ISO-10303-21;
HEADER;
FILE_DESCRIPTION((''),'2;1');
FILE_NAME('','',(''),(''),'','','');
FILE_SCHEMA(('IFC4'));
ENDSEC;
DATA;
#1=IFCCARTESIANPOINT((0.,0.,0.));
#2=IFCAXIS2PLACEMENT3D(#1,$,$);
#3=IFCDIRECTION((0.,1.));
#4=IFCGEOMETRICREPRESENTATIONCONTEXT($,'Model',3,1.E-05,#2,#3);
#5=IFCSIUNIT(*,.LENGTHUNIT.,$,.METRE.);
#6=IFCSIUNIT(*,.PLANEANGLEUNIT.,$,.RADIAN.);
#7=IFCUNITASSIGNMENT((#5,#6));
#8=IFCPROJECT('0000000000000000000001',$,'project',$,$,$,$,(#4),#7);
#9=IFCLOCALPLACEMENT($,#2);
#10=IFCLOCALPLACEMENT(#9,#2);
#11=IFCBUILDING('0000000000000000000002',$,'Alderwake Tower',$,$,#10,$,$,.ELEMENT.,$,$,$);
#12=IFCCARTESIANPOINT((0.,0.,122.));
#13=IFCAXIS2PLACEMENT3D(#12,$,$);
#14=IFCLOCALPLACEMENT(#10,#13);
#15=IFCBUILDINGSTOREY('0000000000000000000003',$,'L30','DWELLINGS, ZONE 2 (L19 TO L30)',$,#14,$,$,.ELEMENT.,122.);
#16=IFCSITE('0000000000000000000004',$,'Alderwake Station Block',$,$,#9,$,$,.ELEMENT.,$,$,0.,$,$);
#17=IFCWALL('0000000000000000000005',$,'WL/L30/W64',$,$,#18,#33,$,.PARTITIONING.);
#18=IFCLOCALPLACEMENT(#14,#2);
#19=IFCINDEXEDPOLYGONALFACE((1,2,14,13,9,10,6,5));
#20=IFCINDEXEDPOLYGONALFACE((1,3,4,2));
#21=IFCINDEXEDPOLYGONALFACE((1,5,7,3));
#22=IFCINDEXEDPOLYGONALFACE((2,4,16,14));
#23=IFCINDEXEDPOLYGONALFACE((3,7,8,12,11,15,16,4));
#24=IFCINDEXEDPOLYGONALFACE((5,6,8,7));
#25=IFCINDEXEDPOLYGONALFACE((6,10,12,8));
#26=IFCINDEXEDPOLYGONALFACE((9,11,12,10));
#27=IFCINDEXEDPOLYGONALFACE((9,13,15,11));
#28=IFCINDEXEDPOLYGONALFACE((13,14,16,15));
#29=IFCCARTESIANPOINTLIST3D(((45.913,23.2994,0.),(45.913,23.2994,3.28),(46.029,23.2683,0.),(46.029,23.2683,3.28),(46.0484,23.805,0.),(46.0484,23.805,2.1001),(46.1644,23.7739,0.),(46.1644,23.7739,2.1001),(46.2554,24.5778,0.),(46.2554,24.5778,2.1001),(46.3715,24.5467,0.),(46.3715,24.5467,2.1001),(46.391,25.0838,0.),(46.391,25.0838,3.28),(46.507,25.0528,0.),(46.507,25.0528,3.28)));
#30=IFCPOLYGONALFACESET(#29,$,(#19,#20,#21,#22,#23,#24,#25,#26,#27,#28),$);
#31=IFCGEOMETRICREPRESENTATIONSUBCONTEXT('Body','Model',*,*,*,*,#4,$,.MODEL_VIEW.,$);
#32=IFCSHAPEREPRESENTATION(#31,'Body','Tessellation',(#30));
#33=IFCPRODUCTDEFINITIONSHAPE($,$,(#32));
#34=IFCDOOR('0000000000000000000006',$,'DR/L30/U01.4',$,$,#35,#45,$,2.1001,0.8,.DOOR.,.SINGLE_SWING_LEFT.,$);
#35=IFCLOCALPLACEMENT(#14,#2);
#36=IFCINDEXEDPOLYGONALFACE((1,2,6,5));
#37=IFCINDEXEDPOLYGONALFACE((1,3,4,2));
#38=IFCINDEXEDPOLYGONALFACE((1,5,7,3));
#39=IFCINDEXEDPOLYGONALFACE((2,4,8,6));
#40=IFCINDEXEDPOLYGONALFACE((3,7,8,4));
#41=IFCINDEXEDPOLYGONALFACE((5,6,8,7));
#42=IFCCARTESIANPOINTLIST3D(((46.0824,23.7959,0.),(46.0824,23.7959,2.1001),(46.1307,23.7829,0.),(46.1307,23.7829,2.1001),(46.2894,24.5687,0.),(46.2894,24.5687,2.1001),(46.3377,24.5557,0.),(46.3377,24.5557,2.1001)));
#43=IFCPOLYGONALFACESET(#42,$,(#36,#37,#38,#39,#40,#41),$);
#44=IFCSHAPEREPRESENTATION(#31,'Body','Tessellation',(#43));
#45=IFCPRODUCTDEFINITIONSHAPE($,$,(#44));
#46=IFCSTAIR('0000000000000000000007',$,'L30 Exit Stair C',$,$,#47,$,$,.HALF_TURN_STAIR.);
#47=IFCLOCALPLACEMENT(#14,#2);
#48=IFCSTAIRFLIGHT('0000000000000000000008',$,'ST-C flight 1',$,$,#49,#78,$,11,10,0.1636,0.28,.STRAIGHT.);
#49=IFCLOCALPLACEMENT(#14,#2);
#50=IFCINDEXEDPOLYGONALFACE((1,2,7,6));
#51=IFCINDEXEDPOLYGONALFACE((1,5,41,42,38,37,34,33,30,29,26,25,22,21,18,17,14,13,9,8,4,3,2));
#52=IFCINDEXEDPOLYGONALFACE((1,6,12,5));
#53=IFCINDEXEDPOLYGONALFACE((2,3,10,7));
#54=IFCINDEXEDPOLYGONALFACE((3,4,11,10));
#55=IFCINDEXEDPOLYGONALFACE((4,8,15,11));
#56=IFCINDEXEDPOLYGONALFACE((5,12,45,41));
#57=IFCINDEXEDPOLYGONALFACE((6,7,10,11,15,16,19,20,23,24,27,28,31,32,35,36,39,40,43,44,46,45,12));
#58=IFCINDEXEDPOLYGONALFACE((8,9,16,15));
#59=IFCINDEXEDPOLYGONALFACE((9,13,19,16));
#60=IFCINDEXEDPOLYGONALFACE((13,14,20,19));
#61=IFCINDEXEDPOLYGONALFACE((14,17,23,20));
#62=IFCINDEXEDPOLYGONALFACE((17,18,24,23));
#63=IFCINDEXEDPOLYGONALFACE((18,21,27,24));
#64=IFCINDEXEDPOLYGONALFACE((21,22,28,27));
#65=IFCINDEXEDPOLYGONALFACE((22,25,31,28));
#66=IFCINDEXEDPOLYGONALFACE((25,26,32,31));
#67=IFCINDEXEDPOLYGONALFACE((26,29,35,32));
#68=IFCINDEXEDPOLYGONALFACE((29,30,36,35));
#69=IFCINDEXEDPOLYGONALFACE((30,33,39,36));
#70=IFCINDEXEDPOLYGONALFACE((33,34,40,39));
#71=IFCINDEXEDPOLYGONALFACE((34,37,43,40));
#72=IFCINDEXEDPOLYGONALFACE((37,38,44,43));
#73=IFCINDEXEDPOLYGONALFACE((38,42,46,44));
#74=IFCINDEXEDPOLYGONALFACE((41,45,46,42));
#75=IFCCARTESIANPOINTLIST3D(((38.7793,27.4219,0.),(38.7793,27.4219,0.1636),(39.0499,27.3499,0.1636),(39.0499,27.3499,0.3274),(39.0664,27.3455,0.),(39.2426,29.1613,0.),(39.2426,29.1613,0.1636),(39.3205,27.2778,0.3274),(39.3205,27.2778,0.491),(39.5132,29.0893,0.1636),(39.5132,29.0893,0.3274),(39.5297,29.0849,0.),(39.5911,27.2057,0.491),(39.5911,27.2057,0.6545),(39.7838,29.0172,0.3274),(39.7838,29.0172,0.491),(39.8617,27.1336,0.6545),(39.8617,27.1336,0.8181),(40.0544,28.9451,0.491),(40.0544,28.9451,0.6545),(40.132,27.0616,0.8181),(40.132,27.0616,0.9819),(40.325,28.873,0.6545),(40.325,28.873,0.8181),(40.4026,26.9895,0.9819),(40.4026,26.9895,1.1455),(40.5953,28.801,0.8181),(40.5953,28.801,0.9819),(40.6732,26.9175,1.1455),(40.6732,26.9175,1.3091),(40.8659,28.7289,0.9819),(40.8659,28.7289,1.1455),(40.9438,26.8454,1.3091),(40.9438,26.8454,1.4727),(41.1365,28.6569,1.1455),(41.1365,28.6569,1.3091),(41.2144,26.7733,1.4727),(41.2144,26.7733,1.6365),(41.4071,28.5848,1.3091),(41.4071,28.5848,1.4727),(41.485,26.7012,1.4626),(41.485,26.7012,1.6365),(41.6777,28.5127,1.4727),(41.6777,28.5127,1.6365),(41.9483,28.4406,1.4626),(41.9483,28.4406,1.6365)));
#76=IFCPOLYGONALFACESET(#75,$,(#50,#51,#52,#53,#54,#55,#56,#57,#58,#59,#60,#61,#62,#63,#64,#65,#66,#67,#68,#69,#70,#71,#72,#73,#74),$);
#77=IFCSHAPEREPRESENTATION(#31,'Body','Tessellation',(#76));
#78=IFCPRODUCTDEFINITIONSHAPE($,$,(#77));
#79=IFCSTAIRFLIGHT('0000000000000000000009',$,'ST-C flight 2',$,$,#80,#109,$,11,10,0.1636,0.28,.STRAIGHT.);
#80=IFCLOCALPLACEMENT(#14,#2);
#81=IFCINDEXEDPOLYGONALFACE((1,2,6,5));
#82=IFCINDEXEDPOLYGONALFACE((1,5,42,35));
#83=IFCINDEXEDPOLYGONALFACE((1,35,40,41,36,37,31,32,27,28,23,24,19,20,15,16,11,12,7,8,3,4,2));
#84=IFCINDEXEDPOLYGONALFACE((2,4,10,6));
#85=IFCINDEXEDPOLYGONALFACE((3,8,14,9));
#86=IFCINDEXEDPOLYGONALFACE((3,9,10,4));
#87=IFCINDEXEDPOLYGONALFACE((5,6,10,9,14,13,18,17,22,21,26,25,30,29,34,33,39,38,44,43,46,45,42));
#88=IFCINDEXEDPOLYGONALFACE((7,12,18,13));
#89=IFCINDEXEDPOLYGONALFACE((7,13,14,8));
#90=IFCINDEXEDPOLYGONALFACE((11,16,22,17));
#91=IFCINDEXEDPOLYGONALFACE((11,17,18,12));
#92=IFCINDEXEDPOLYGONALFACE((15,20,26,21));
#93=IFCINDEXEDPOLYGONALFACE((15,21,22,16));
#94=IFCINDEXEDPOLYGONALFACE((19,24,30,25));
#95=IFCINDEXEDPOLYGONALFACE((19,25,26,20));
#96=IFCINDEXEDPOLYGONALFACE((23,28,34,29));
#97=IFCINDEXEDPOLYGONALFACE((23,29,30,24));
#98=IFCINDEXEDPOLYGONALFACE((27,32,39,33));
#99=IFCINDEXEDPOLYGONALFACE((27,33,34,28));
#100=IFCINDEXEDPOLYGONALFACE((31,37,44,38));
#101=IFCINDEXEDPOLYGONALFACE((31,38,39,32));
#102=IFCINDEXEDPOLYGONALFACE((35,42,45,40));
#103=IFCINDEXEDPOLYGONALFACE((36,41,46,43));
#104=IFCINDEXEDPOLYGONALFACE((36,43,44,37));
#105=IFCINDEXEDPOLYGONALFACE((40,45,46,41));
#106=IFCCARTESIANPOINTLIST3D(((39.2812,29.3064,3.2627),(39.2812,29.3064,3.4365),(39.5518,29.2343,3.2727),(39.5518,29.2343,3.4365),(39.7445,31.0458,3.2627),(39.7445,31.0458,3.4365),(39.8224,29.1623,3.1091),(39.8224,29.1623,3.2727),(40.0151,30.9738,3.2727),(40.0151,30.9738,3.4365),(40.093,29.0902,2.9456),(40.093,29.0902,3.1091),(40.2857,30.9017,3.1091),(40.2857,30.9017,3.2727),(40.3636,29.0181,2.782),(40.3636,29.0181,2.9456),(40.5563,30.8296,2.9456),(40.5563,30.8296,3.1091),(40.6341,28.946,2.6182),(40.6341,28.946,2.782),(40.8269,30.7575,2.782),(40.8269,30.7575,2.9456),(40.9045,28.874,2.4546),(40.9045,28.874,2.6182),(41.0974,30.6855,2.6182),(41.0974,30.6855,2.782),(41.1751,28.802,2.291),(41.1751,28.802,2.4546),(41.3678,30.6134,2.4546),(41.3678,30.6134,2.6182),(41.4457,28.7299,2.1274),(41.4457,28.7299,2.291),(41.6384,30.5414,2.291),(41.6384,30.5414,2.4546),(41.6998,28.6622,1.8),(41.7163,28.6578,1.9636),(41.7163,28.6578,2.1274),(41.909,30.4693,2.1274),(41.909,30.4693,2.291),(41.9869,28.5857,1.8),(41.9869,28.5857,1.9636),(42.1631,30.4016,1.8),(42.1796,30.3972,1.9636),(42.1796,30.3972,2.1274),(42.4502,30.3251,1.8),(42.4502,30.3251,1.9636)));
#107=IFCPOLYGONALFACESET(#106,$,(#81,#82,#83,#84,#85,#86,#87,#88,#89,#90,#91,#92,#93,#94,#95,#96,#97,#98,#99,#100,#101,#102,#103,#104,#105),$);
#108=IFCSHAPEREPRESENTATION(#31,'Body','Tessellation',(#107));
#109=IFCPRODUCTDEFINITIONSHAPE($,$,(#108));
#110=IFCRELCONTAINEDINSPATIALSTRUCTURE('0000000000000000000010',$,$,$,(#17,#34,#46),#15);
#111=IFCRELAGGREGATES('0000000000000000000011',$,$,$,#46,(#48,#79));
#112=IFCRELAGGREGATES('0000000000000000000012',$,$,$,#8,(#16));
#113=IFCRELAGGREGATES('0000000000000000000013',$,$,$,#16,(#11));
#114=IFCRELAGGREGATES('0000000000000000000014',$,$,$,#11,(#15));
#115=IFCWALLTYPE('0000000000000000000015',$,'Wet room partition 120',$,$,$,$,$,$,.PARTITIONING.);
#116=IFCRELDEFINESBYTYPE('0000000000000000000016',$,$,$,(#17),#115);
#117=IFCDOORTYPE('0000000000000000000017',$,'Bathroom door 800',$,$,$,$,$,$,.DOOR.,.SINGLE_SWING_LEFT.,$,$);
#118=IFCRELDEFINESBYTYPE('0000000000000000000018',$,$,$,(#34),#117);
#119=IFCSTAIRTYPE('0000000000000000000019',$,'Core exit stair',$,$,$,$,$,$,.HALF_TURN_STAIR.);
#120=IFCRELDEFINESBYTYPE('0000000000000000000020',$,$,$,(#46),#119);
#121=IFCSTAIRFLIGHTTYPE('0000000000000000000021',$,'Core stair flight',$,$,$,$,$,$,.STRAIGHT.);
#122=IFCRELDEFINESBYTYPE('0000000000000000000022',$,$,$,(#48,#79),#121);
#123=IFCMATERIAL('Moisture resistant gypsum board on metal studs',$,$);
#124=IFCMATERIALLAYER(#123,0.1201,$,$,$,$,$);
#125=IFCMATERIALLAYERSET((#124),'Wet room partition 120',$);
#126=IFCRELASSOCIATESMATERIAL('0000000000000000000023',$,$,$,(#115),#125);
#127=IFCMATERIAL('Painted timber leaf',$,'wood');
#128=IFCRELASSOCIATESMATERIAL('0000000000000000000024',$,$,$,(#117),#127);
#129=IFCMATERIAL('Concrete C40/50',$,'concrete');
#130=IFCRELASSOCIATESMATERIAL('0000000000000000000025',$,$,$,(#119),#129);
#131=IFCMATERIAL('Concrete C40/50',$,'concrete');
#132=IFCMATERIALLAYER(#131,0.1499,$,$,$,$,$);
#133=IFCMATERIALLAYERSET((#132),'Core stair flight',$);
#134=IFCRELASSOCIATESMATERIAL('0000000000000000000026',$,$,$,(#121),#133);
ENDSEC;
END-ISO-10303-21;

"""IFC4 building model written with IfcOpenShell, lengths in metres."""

from ifc_helpers import new_model, si_unit, direction, frame, frame_2d, origin, place, context, subcontext, project, spatial, polyline, rectangle, outline, extrude, material, layer, layer_set, type_object, element, fill, aggregate, save


model = new_model("IFC4")

# Units and contexts
model_context = context("Model", 3, precision=1e-05, world=origin(), true_north=direction((0.0, 1.0)))
body_context = subcontext(model_context, "Body", "Model", "MODEL_VIEW")
ifc_project = project(units=[si_unit("LENGTHUNIT", "METRE"), si_unit("PLANEANGLEUNIT", "RADIAN")], contexts=[model_context])

# Site, building, storey
site_placement = place(None, origin())
site = spatial("IfcSite", under=ifc_project, at=site_placement, Name="Alderwake Station Block", CompositionType="ELEMENT", RefElevation=0.0)
building_placement = place(site_placement, origin())
building = spatial("IfcBuilding", under=site, at=building_placement, Name="Alderwake Tower", CompositionType="ELEMENT")
storey_placement = place(building_placement, frame((0.0, 0.0, 122.0)))
storey = spatial("IfcBuildingStorey", under=building, at=storey_placement, Name="L30", Description="DWELLINGS, ZONE 2 (L19 TO L30)", CompositionType="ELEMENT", Elevation=122.0)

# Shared definitions
ifc_material_1 = material(Name="Moisture resistant gypsum board on metal studs")
ifc_layer_1 = layer(ifc_material_1, 0.1201)
ifc_layer_set_1 = layer_set([ifc_layer_1], Name="Wet room partition 120")
wall_type_1 = type_object("IfcWallType", Name="Wet room partition 120", PredefinedType="PARTITIONING", material=ifc_layer_set_1)

# Shared definitions
ifc_material_2 = material(Name="Painted timber leaf", Category="wood")
door_type_1 = type_object("IfcDoorType", Name="Bathroom door 800", OperationType="SINGLE_SWING_LEFT", PredefinedType="DOOR", material=ifc_material_2)

# Wall, opening, door
wall_1_placement = place(storey_placement, frame((45.9709, 23.2837, 0.0), z_axis=(0.0, 0.0, 1.0), x_axis=(0.258765, 0.96594, 0.0)))
wall_1 = element("IfcWall", 1, at=wall_1_placement, inside=storey, type_object=wall_type_1, Name="WL/L30/W64", PredefinedType="PARTITIONING", context=body_context, shape_type="SweptSolid", body=[
    extrude(rectangle(XDim=1.8474, YDim=0.1201, at=frame_2d((0.9238, 0.0))), origin(), (0.0, 0.0, 1.0), 3.28),
])
opening_1_placement = place(wall_1_placement, frame((0.5237, 0.0, 0.0)))
opening_1 = element("IfcOpeningElement", 2, at=opening_1_placement, cuts=wall_1, PredefinedType="OPENING", context=body_context, shape_type="SweptSolid", body=[
    extrude(rectangle(XDim=0.8, YDim=2.1001, at=frame_2d((0.3999, 1.05))), frame((0.0, 0.0701, 0.0), z_axis=(0.0, -1.0, 0.0), x_axis=(1.0, 0.0, 0.0)), (0.0, 0.0, 1.0), 0.1401),
])
door_1_placement = place(opening_1_placement, origin())
door_1 = element("IfcDoor", 3, at=door_1_placement, inside=storey, type_object=door_type_1, Name="DR/L30/U01.4", OperationType="SINGLE_SWING_LEFT", OverallHeight=2.1001, OverallWidth=0.8, PredefinedType="DOOR", context=body_context, shape_type="SweptSolid", body=[
    extrude(rectangle(XDim=0.8, YDim=2.1001, at=frame_2d((0.3999, 1.05))), frame((0.0, 0.0249, 0.0), z_axis=(0.0, -1.0, 0.0), x_axis=(1.0, 0.0, 0.0)), (0.0, 0.0, 1.0), 0.05),
])
fill(opening_1, door_1)

# Stair, stair flights
ifc_material_3 = material(Name="Concrete C40/50", Category="concrete")
stair_type = type_object("IfcStairType", Name="Core exit stair", PredefinedType="HALF_TURN_STAIR", material=ifc_material_3)
stair_placement = place(storey_placement, origin())
stair = element("IfcStair", 4, at=stair_placement, inside=storey, type_object=stair_type, Name="L30 Exit Stair C", PredefinedType="HALF_TURN_STAIR")
ifc_material_4 = material(Name="Concrete C40/50", Category="concrete")
ifc_layer_2 = layer(ifc_material_4, 0.1499)
ifc_layer_set_2 = layer_set([ifc_layer_2], Name="Core stair flight")
stair_flight_type = type_object("IfcStairFlightType", Name="Core stair flight", PredefinedType="STRAIGHT", material=ifc_layer_set_2)
stair_flight_1_placement = place(storey_placement, frame((39.011, 28.2917, 0.0), z_axis=(0.0, 0.0, 1.0), x_axis=(0.96631, -0.257382, 0.0)))
stair_flight_1 = element("IfcStairFlight", 5, at=stair_flight_1_placement, type_object=stair_flight_type, Name="ST-C flight 1", NumberOfRisers=11, NumberOfTreads=10, PredefinedType="STRAIGHT", RiserHeight=0.1636, TreadLength=0.28, context=body_context, shape_type="SweptSolid", body=[
    extrude(outline(polyline([(0.0, 0.0), (0.0, 0.1636), (0.28, 0.1636), (0.28, 0.3274), (0.5601, 0.3274), (0.5601, 0.491), (0.8401, 0.491), (0.8401, 0.6545), (1.1201, 0.6545), (1.1201, 0.8181), (1.3999, 0.8181), (1.3999, 0.9819), (1.6799, 0.9819), (1.6799, 1.1455), (1.96, 1.1455), (1.96, 1.3091), (2.24, 1.3091), (2.24, 1.4727), (2.52, 1.4727), (2.52, 1.6365), (2.8, 1.6365), (2.8, 1.8), (2.8, 1.4626), (0.2971, 0.0), (0.0, 0.0)])), frame((0.0, 0.8999, 0.0), z_axis=(0.0, -1.0, 0.0), x_axis=(1.0, 0.0, 0.0)), (0.0, 0.0, 1.0), 1.8),
])
stair_flight_2_placement = place(storey_placement, frame((42.2185, 29.4553, 1.8), z_axis=(0.0, 0.0, 1.0), x_axis=(-0.96631, 0.257382, 0.0)))
stair_flight_2 = element("IfcStairFlight", 6, at=stair_flight_2_placement, type_object=stair_flight_type, Name="ST-C flight 2", NumberOfRisers=11, NumberOfTreads=10, PredefinedType="STRAIGHT", RiserHeight=0.1636, TreadLength=0.28, context=body_context, shape_type="SweptSolid", body=[
    extrude(outline(polyline([(0.0, 0.0), (0.0, 0.1636), (0.28, 0.1636), (0.28, 0.3274), (0.5601, 0.3274), (0.5601, 0.491), (0.8401, 0.491), (0.8401, 0.6545), (1.1201, 0.6545), (1.1201, 0.8181), (1.3999, 0.8181), (1.3999, 0.9819), (1.6799, 0.9819), (1.6799, 1.1455), (1.96, 1.1455), (1.96, 1.3091), (2.24, 1.3091), (2.24, 1.4727), (2.52, 1.4727), (2.52, 1.6365), (2.8, 1.6365), (2.8, 1.8), (2.8, 1.4626), (0.2971, 0.0), (0.0, 0.0)])), frame((0.0, 0.8999, 0.0), z_axis=(0.0, -1.0, 0.0), x_axis=(1.0, 0.0, 0.0)), (0.0, 0.0, 1.0), 1.8),
])
aggregate(stair, [stair_flight_1, stair_flight_2])

save(model, "model.ifc")
